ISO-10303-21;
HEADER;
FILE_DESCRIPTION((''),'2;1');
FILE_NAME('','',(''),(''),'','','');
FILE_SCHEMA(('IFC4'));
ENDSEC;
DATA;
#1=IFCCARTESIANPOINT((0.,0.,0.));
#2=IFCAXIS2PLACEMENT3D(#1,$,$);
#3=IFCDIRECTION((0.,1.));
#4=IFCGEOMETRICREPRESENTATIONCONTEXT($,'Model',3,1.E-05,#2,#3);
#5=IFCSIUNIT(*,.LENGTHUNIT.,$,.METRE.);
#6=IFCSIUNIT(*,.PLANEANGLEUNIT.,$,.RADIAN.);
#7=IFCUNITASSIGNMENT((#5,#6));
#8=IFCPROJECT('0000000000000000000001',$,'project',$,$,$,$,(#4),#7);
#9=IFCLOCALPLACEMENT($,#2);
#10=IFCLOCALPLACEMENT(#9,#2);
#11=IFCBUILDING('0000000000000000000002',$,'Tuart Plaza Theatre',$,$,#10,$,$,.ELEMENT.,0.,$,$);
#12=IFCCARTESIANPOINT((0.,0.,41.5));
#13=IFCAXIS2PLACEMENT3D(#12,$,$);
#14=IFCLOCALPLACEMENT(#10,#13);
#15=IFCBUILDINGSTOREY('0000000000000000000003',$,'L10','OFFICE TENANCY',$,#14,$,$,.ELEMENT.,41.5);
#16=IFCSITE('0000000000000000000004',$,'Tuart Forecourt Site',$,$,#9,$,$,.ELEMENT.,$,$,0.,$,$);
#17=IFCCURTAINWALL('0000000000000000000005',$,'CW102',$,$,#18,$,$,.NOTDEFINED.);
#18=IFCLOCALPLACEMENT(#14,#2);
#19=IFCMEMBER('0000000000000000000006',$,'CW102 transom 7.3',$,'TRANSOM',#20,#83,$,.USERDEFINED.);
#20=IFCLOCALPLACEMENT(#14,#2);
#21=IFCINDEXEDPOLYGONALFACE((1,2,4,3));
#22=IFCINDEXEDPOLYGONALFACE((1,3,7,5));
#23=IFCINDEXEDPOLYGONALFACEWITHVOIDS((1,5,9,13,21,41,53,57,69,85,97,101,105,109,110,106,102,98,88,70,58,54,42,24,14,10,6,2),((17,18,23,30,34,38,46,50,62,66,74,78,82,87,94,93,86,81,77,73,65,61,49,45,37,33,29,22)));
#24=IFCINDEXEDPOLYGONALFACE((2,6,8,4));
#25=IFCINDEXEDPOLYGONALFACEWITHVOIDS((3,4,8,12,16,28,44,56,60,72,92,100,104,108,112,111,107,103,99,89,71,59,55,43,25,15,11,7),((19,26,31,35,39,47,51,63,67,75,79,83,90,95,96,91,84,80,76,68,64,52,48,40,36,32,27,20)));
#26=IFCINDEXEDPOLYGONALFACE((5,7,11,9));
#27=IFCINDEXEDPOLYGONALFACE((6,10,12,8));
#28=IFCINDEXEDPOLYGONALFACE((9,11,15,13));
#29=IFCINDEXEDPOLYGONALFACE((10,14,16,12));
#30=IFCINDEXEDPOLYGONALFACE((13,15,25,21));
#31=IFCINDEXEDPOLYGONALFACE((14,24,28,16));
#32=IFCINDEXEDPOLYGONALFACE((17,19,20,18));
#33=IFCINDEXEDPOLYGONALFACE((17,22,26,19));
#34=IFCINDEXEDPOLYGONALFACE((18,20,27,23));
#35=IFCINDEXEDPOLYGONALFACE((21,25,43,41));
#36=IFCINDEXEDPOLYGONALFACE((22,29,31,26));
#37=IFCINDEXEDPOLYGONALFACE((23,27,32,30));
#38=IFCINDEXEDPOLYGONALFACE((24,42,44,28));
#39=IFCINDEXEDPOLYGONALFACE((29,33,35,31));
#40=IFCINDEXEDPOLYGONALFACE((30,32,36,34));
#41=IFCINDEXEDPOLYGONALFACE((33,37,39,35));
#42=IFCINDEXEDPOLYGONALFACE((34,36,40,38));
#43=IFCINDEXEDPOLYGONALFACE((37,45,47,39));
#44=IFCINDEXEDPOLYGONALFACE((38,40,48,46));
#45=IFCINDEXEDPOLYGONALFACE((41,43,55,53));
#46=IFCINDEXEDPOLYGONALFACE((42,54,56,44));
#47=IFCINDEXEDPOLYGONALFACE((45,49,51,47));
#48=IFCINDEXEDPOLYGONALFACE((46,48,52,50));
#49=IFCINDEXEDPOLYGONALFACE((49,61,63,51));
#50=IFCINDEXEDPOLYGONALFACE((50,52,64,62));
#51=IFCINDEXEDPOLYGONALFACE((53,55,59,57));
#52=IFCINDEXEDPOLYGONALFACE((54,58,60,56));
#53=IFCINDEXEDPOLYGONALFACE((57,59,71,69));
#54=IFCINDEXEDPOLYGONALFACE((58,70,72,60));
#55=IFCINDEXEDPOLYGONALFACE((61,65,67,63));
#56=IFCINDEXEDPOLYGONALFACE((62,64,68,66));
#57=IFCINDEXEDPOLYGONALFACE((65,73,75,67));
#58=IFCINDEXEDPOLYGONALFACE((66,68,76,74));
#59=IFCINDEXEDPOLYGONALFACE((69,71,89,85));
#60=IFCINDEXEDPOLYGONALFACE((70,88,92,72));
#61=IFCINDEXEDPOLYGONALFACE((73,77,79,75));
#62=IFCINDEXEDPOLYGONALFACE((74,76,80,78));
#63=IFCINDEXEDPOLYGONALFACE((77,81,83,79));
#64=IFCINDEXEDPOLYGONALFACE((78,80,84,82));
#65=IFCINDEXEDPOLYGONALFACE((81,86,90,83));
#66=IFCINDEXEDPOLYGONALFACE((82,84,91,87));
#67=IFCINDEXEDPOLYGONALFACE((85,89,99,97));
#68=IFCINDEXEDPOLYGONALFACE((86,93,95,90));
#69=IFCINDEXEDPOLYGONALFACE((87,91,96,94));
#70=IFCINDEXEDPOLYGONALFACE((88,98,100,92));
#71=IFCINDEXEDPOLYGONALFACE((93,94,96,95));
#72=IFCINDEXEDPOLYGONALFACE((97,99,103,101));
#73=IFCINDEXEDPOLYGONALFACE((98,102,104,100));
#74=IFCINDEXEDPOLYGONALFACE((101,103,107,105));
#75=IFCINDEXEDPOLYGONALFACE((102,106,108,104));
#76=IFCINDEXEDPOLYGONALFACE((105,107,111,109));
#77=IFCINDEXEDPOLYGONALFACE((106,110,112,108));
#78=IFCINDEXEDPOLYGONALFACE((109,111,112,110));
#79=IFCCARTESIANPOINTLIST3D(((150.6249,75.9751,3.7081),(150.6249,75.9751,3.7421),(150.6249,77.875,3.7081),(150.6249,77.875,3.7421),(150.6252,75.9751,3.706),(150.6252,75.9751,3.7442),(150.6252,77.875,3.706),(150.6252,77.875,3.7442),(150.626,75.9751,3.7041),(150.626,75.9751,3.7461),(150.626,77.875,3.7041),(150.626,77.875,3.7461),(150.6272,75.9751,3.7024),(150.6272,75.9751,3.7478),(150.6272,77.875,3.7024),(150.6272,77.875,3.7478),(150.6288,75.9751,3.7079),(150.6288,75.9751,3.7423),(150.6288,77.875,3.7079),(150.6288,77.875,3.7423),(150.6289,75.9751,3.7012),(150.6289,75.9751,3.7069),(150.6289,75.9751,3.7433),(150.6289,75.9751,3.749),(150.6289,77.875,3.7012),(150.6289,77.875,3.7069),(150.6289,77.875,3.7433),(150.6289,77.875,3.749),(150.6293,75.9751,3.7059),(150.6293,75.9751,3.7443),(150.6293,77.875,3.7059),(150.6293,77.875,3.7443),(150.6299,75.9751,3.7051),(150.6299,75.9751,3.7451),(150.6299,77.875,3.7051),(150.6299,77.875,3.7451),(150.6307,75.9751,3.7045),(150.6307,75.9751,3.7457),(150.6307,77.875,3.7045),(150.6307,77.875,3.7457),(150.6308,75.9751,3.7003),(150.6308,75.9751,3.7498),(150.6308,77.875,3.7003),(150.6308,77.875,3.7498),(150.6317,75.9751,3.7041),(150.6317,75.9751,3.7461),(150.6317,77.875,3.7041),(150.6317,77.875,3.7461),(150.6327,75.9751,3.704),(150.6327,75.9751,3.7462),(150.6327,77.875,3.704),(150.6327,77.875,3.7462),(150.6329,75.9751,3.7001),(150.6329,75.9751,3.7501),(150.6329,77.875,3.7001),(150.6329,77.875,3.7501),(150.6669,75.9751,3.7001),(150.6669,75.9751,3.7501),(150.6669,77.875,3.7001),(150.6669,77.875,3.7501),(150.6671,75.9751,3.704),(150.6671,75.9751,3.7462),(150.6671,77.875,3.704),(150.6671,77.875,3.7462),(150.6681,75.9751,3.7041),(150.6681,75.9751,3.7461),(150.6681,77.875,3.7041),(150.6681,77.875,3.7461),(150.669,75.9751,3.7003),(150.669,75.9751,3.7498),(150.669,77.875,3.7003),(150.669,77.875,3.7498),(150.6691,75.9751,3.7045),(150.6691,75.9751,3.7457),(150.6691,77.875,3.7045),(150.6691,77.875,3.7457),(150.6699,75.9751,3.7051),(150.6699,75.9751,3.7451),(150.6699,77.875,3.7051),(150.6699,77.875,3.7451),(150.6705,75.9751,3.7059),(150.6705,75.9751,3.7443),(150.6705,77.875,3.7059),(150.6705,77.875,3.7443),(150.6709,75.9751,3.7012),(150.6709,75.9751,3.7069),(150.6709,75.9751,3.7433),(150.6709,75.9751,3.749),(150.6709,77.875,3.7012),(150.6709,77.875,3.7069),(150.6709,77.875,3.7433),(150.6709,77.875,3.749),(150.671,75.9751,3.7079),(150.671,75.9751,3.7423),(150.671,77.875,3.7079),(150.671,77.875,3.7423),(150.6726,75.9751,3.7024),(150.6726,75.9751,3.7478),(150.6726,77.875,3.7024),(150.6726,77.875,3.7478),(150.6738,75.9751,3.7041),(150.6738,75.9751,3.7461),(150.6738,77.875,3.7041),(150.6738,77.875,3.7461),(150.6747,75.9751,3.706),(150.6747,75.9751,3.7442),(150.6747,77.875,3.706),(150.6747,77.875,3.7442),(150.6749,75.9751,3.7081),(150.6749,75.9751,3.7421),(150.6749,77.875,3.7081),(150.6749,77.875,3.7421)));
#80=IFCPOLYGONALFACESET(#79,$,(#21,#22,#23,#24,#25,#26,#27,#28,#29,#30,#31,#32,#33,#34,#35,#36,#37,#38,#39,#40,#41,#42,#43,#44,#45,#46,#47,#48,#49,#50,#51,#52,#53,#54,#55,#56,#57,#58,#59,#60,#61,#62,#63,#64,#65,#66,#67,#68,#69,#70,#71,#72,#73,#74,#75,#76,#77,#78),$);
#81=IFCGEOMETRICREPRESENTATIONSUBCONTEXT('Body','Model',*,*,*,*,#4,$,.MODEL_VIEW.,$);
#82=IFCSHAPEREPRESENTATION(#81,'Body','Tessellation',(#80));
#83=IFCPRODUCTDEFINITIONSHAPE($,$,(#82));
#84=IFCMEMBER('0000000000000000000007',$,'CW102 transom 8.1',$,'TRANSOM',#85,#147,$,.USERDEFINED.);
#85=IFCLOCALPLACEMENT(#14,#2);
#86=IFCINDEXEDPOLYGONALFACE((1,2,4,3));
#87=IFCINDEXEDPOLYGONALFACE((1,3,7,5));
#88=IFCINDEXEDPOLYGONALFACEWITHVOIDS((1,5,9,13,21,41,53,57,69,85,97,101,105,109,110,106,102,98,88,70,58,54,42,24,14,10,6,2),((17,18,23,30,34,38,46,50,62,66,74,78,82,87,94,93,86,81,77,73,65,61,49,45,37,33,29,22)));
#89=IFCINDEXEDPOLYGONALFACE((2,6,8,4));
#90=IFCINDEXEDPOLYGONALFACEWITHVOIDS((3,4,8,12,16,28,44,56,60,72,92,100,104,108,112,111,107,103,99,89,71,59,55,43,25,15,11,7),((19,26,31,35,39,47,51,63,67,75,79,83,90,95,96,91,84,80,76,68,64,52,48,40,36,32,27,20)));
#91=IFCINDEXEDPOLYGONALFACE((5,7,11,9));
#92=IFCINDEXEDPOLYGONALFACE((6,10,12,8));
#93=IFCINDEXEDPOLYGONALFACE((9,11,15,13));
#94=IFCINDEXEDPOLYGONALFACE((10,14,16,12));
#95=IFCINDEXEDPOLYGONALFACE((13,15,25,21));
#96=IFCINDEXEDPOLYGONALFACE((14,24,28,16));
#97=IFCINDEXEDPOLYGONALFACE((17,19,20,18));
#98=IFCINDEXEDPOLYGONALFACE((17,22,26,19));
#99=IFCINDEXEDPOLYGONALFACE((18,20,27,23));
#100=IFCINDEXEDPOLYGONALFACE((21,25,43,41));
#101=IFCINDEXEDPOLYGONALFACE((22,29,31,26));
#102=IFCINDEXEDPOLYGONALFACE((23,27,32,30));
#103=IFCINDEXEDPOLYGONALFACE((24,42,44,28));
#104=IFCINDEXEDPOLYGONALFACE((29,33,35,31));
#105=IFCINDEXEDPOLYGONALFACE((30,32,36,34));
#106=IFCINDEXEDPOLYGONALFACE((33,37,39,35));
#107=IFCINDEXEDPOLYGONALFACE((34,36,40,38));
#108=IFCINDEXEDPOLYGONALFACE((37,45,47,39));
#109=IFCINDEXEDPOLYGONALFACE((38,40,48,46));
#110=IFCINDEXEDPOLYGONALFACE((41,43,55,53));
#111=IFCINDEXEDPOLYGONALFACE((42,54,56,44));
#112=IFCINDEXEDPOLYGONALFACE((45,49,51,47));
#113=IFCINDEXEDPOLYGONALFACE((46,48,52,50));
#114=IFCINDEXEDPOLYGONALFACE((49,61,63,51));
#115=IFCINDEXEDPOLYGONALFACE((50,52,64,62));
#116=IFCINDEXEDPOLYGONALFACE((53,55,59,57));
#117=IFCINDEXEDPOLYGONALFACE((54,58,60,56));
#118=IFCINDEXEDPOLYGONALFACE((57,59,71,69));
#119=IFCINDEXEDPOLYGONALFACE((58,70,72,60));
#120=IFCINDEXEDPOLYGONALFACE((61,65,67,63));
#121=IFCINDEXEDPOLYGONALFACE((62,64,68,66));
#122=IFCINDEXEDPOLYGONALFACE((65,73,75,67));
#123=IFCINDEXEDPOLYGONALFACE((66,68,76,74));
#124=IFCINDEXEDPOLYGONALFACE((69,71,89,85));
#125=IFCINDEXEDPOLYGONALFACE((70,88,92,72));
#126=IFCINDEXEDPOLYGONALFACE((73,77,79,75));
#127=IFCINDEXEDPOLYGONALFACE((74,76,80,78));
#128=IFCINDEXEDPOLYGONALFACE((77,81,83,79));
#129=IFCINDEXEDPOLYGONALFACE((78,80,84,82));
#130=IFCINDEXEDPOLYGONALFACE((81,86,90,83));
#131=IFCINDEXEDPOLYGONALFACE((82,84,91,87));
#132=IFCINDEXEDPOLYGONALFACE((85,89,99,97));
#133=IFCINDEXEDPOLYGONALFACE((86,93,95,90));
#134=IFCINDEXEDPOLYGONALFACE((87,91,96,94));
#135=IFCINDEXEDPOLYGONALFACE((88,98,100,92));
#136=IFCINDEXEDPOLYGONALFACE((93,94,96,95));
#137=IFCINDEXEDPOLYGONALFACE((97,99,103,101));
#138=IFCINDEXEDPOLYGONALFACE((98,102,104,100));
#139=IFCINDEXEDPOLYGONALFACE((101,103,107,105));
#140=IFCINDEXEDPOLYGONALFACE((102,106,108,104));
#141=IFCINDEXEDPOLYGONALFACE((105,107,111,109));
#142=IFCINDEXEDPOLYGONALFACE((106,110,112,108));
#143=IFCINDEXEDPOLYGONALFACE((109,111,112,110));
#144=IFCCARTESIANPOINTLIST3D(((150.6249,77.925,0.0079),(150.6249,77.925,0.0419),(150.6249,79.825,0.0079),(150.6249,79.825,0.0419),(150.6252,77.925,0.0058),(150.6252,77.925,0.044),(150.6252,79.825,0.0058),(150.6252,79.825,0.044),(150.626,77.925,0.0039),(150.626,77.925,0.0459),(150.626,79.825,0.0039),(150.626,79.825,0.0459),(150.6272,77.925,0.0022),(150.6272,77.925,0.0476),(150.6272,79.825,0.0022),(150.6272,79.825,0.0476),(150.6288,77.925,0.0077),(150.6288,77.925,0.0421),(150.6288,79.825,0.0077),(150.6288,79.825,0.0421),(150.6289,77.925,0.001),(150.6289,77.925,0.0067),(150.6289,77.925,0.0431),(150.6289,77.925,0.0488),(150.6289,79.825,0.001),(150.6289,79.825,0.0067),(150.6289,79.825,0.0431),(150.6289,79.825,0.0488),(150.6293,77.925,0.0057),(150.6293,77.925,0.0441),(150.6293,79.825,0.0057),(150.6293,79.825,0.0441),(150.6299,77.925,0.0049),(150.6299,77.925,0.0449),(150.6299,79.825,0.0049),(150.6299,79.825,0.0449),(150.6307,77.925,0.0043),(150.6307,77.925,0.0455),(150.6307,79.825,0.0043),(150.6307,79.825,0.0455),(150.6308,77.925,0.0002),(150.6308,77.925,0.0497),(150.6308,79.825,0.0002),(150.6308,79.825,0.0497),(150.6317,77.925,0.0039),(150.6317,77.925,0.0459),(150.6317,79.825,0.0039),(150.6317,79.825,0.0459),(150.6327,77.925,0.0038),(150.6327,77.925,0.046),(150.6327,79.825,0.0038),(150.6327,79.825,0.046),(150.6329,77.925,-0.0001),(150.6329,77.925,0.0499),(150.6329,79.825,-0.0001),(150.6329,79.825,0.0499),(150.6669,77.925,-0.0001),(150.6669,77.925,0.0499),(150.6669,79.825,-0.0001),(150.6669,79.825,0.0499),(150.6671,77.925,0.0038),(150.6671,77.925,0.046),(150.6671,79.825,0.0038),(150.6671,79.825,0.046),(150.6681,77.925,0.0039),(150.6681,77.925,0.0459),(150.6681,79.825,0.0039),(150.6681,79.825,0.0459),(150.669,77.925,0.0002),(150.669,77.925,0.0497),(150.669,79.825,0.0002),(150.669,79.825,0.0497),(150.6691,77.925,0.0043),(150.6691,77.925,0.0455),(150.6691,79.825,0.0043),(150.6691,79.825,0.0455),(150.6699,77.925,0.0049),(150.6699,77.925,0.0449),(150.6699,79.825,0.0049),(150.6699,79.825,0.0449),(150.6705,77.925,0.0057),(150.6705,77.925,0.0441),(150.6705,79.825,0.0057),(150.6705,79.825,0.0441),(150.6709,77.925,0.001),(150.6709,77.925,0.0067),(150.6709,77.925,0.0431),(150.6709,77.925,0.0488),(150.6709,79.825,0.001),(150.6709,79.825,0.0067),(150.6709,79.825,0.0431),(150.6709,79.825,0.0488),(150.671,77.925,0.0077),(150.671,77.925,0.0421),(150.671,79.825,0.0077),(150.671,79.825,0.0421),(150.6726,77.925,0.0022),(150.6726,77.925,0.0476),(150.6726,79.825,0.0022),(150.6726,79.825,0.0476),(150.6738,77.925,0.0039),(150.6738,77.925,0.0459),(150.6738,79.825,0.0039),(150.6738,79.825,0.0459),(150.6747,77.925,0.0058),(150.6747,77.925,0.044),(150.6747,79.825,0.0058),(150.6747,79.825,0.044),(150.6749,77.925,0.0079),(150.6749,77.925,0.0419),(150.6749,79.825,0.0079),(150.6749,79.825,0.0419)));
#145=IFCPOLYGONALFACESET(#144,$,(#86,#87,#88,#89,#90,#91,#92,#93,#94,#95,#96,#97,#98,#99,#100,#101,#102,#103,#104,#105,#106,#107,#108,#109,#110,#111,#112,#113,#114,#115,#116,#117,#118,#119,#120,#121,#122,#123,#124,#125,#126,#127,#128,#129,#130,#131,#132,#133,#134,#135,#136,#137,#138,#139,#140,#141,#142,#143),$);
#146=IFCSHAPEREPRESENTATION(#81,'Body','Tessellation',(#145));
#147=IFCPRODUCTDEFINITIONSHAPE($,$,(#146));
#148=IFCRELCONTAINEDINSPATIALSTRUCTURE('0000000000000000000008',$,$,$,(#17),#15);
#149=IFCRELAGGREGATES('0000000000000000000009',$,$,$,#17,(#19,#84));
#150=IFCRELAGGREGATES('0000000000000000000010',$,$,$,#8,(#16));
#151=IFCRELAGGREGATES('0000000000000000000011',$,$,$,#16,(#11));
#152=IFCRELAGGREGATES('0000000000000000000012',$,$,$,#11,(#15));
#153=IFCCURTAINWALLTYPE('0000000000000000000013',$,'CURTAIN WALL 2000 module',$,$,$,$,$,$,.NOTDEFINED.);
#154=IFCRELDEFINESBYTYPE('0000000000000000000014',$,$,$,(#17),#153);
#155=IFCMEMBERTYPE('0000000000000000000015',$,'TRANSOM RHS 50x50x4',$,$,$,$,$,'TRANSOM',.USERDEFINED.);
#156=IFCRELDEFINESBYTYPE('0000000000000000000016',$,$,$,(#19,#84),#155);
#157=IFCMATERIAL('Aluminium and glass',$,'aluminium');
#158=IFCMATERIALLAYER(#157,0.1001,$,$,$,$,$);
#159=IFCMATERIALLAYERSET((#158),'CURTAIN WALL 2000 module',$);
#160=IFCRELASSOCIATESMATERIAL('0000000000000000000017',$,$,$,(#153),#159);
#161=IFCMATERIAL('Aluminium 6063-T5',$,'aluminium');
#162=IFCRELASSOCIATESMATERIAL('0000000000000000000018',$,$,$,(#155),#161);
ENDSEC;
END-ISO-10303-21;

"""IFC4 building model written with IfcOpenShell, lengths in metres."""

from ifc_helpers import new_model, si_unit, direction, frame, origin, origin_2d, place, context, subcontext, project, spatial, hollow_rectangle, extrude, material, layer, layer_set, material_profile, profile_set, type_object, element, aggregate, save


model = new_model("IFC4")

# Units and contexts
model_context = context("Model", 3, precision=1e-05, world=origin(), true_north=direction((0.0, 1.0)))
body_context = subcontext(model_context, "Body", "Model", "MODEL_VIEW")
ifc_project = project(units=[si_unit("LENGTHUNIT", "METRE"), si_unit("PLANEANGLEUNIT", "RADIAN")], contexts=[model_context])

# Site, building, storey
site_placement = place(None, origin())
site = spatial("IfcSite", under=ifc_project, at=site_placement, Name="Tuart Forecourt Site", CompositionType="ELEMENT", RefElevation=0.0)
building_placement = place(site_placement, origin())
building = spatial("IfcBuilding", under=site, at=building_placement, Name="Tuart Plaza Theatre", CompositionType="ELEMENT", ElevationOfRefHeight=0.0)
storey_placement = place(building_placement, frame((0.0, 0.0, 41.5)))
storey = spatial("IfcBuildingStorey", under=building, at=storey_placement, Name="L10", Description="OFFICE TENANCY", CompositionType="ELEMENT", Elevation=41.5)

# Curtain wall, members
ifc_material_1 = material(Name="Aluminium and glass", Category="aluminium")
ifc_layer_1 = layer(ifc_material_1, 0.1001)
ifc_layer_set_1 = layer_set([ifc_layer_1], Name="CURTAIN WALL 2000 module")
curtain_wall_type = type_object("IfcCurtainWallType", Name="CURTAIN WALL 2000 module", PredefinedType="NOTDEFINED", material=ifc_layer_set_1)
curtain_wall_placement = place(storey_placement, origin())
curtain_wall = element("IfcCurtainWall", 1, at=curtain_wall_placement, inside=storey, type_object=curtain_wall_type, Name="CW102", PredefinedType="NOTDEFINED")
ifc_material_2 = material(Name="Aluminium 6063-T5", Category="aluminium")
ifc_material_profile_1 = material_profile(ifc_material_2, hollow_rectangle(XDim=0.05, YDim=0.05, WallThickness=0.0039, InnerFilletRadius=0.0039, OuterFilletRadius=0.0081, at=origin_2d()), Name="RHS 50x50x4")
ifc_profile_set_1 = profile_set([ifc_material_profile_1], Name="Aluminium 6063-T5")
member_type_1 = type_object("IfcMemberType", Name="TRANSOM RHS 50x50x4", ElementType="TRANSOM", PredefinedType="USERDEFINED", material=ifc_profile_set_1)
member_1_placement = place(storey_placement, frame((150.6499, 75.9751, 3.7251), z_axis=(0.0, 1.0, 0.0), x_axis=(-1.0, 0.0, 0.0)))
member_1 = element("IfcMember", 2, at=member_1_placement, type_object=member_type_1, Name="CW102 transom 7.3", ObjectType="TRANSOM", PredefinedType="USERDEFINED", context=body_context, shape_type="SweptSolid", body=[
    extrude(hollow_rectangle(XDim=0.05, YDim=0.05, WallThickness=0.0039, InnerFilletRadius=0.0039, OuterFilletRadius=0.0081, at=origin_2d()), origin(), (0.0, 0.0, 1.0), 1.8999),
])
member_2_placement = place(storey_placement, frame((150.6499, 77.925, 0.0249), z_axis=(0.0, 1.0, 0.0), x_axis=(-1.0, 0.0, 0.0)))
member_2 = element("IfcMember", 3, at=member_2_placement, type_object=member_type_1, Name="CW102 transom 8.1", ObjectType="TRANSOM", PredefinedType="USERDEFINED", context=body_context, shape_type="SweptSolid", body=[
    extrude(hollow_rectangle(XDim=0.05, YDim=0.05, WallThickness=0.0039, InnerFilletRadius=0.0039, OuterFilletRadius=0.0081, at=origin_2d()), origin(), (0.0, 0.0, 1.0), 1.8999),
])
aggregate(curtain_wall, [member_1, member_2])

save(model, "model.ifc")
